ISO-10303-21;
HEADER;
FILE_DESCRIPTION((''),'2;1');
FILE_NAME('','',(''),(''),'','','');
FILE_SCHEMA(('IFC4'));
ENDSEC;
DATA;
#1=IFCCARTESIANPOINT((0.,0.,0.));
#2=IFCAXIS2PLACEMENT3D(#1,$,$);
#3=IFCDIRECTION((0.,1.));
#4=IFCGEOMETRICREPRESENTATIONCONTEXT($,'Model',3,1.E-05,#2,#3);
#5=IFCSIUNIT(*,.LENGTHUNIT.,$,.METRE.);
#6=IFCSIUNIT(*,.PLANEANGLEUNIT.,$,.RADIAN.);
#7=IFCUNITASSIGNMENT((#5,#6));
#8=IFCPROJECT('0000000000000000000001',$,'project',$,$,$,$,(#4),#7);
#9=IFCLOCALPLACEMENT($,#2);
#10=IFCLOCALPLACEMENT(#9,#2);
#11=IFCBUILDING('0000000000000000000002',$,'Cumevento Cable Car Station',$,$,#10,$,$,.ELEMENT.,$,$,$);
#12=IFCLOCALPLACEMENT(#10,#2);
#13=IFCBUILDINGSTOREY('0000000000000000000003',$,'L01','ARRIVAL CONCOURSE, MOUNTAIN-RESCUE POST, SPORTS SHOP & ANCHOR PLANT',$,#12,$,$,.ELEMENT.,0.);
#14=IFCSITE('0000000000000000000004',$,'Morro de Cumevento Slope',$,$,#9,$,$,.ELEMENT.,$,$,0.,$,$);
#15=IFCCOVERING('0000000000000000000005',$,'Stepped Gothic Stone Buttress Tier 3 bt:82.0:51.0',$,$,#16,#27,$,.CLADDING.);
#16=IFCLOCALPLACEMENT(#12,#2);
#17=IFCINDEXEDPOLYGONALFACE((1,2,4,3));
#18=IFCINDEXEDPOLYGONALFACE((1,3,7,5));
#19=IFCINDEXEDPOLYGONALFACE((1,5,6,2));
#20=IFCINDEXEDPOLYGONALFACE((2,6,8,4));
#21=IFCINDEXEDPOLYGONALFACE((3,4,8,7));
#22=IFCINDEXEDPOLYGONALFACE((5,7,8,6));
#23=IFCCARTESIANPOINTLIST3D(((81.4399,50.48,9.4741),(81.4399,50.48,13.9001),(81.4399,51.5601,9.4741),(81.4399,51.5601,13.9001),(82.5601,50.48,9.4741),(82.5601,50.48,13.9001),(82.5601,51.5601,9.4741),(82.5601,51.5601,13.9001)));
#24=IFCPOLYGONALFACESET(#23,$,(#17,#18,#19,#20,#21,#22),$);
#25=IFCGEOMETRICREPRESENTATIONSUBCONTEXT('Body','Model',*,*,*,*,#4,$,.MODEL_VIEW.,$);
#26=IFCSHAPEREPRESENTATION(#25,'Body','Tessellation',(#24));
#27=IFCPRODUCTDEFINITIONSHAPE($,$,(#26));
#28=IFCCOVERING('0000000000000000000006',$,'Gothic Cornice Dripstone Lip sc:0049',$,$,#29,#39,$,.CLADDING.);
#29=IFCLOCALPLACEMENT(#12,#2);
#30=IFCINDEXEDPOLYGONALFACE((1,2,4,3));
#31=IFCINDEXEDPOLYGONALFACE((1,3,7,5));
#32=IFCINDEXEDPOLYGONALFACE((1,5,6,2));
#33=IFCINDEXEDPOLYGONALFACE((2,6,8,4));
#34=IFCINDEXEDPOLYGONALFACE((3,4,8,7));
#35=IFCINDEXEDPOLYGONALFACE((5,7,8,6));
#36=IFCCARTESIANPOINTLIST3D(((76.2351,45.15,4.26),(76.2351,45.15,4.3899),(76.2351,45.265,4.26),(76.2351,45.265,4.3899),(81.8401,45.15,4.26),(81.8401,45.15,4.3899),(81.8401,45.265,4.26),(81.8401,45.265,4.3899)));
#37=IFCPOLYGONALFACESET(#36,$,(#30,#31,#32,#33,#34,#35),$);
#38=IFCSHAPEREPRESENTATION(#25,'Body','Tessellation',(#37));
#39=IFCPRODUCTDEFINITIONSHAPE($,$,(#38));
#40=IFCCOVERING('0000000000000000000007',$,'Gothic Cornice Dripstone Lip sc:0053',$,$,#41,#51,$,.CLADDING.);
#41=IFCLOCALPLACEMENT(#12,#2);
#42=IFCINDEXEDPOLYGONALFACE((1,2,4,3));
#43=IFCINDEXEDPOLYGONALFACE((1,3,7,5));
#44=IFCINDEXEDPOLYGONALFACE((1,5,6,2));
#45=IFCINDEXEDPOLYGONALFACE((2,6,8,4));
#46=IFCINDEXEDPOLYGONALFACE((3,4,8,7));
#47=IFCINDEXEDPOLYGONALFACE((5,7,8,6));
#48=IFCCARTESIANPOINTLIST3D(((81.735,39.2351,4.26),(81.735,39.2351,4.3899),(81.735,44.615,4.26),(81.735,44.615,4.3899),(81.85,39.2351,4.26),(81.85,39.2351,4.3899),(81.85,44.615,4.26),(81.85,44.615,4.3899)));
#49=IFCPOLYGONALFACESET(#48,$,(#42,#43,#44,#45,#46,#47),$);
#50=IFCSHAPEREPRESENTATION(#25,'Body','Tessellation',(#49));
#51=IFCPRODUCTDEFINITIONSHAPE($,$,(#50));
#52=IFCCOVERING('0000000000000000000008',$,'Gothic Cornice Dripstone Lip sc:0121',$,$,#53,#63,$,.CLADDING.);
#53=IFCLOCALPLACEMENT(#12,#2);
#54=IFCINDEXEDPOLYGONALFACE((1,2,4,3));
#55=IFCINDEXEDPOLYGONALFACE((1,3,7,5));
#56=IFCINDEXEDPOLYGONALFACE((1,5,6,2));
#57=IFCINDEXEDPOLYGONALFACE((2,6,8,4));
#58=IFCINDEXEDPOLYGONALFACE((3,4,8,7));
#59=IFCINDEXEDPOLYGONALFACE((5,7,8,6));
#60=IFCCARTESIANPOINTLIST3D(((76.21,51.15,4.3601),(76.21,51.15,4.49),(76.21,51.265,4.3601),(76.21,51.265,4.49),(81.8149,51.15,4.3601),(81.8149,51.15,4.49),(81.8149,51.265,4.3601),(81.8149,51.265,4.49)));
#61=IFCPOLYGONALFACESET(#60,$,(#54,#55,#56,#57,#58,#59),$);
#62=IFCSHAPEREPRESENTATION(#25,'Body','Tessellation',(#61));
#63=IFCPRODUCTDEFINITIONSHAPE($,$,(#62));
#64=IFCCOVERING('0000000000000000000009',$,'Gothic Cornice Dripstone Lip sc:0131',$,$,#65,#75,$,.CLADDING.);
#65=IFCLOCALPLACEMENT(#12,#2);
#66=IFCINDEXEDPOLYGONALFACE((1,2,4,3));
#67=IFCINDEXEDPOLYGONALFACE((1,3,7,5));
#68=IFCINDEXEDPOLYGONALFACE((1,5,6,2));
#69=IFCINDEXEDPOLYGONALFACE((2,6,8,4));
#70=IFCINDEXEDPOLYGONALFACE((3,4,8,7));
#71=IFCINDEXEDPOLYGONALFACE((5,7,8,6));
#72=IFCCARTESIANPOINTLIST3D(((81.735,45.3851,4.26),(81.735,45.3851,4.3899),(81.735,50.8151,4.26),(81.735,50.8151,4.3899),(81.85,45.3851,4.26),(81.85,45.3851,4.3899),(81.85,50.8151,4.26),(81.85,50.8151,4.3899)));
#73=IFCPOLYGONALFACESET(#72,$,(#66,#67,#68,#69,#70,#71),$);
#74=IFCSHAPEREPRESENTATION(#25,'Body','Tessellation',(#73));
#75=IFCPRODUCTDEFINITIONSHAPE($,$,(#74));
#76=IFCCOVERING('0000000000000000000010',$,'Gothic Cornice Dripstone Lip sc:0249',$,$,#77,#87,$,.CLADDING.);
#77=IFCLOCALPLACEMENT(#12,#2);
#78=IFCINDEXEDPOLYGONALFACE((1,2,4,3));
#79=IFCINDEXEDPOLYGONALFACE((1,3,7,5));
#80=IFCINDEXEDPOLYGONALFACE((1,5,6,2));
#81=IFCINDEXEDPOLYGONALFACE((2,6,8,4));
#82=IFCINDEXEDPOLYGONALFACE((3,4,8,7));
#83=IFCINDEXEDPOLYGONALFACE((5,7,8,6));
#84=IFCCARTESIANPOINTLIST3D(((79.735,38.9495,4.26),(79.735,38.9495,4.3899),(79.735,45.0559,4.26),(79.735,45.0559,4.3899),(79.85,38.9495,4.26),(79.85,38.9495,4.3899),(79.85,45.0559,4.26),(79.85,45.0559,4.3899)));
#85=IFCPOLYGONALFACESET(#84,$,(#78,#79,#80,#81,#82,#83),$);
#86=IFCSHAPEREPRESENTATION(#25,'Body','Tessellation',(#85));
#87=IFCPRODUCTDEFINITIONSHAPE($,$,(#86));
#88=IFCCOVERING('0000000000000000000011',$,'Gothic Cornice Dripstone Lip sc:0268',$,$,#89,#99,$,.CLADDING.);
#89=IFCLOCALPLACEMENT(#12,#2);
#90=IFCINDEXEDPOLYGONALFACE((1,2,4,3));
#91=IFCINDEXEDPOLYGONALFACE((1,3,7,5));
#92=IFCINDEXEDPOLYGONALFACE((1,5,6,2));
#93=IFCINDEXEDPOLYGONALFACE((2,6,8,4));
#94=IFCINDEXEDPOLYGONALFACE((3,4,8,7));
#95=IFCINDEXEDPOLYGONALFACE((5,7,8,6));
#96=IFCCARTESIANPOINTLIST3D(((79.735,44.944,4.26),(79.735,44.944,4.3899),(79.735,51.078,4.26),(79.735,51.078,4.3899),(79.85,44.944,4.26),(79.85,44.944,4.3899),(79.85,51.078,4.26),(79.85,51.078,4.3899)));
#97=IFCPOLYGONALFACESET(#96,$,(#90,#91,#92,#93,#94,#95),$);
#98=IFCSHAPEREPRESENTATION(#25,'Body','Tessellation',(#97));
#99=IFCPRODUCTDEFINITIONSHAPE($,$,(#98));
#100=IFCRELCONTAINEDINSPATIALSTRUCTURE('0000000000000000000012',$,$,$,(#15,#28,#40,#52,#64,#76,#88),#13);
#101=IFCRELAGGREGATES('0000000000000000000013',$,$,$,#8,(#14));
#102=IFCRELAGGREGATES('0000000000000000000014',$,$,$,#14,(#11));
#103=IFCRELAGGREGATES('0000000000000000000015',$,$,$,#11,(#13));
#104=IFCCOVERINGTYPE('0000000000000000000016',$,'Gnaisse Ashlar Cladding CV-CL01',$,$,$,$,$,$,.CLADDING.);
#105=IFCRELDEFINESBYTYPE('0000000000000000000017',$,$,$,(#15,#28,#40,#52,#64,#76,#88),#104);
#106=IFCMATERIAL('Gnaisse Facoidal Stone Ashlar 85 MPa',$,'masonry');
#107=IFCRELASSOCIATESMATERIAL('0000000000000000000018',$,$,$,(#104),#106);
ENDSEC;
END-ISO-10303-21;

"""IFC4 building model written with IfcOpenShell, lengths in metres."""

from ifc_helpers import new_model, si_unit, direction, frame, origin, origin_2d, place, context, subcontext, project, spatial, rectangle, extrude, material, type_object, element, save


model = new_model("IFC4")

# Units and contexts
model_context = context("Model", 3, precision=1e-05, world=origin(), true_north=direction((0.0, 1.0)))
body_context = subcontext(model_context, "Body", "Model", "MODEL_VIEW")
ifc_project = project(units=[si_unit("LENGTHUNIT", "METRE"), si_unit("PLANEANGLEUNIT", "RADIAN")], contexts=[model_context])

# Site, building, storey
site_placement = place(None, origin())
site = spatial("IfcSite", under=ifc_project, at=site_placement, Name="Morro de Cumevento Slope", CompositionType="ELEMENT", RefElevation=0.0)
building_placement = place(site_placement, origin())
building = spatial("IfcBuilding", under=site, at=building_placement, Name="Cumevento Cable Car Station", CompositionType="ELEMENT")
storey_placement = place(building_placement, origin())
storey = spatial("IfcBuildingStorey", under=building, at=storey_placement, Name="L01", Description="ARRIVAL CONCOURSE, MOUNTAIN-RESCUE POST, SPORTS SHOP & ANCHOR PLANT", CompositionType="ELEMENT", Elevation=0.0)

# Coverings
ifc_material = material(Name="Gnaisse Facoidal Stone Ashlar 85 MPa", Category="masonry")
covering_type = type_object("IfcCoveringType", Name="Gnaisse Ashlar Cladding CV-CL01", PredefinedType="CLADDING", material=ifc_material)
covering_1_placement = place(storey_placement, frame((82.0, 51.02, 9.4741), z_axis=(0.0, 0.0, 1.0), x_axis=(1.0, 0.0, 0.0)))
element("IfcCovering", 1, at=covering_1_placement, inside=storey, type_object=covering_type, Name="Stepped Gothic Stone Buttress Tier 3 bt:82.0:51.0", PredefinedType="CLADDING", context=body_context, shape_type="SweptSolid", body=[
    extrude(rectangle(XDim=1.1201, YDim=1.0801, at=origin_2d()), origin(), (0.0, 0.0, 1.0), 4.426),
])
covering_2_placement = place(storey_placement, frame((79.0376, 45.2075, 4.26), z_axis=(0.0, 0.0, 1.0), x_axis=(1.0, 0.0, 0.0)))
element("IfcCovering", 2, at=covering_2_placement, inside=storey, type_object=covering_type, Name="Gothic Cornice Dripstone Lip sc:0049", PredefinedType="CLADDING", context=body_context, shape_type="SweptSolid", body=[
    extrude(rectangle(XDim=5.605, YDim=0.115, at=origin_2d()), origin(), (0.0, 0.0, 1.0), 0.1299),
])
covering_3_placement = place(storey_placement, frame((81.7925, 41.925, 4.26), z_axis=(0.0, 0.0, 1.0), x_axis=(0.0, 1.0, 0.0)))
element("IfcCovering", 3, at=covering_3_placement, inside=storey, type_object=covering_type, Name="Gothic Cornice Dripstone Lip sc:0053", PredefinedType="CLADDING", context=body_context, shape_type="SweptSolid", body=[
    extrude(rectangle(XDim=5.3799, YDim=0.115, at=origin_2d()), origin(), (0.0, 0.0, 1.0), 0.1299),
])
covering_4_placement = place(storey_placement, frame((79.0125, 51.2075, 4.3601), z_axis=(0.0, 0.0, 1.0), x_axis=(1.0, 0.0, 0.0)))
element("IfcCovering", 4, at=covering_4_placement, inside=storey, type_object=covering_type, Name="Gothic Cornice Dripstone Lip sc:0121", PredefinedType="CLADDING", context=body_context, shape_type="SweptSolid", body=[
    extrude(rectangle(XDim=5.605, YDim=0.115, at=origin_2d()), origin(), (0.0, 0.0, 1.0), 0.1299),
])
covering_5_placement = place(storey_placement, frame((81.7925, 48.1001, 4.26), z_axis=(0.0, 0.0, 1.0), x_axis=(0.0, 1.0, 0.0)))
element("IfcCovering", 5, at=covering_5_placement, inside=storey, type_object=covering_type, Name="Gothic Cornice Dripstone Lip sc:0131", PredefinedType="CLADDING", context=body_context, shape_type="SweptSolid", body=[
    extrude(rectangle(XDim=5.4299, YDim=0.115, at=origin_2d()), origin(), (0.0, 0.0, 1.0), 0.1299),
])
covering_6_placement = place(storey_placement, frame((79.7925, 42.0027, 4.26), z_axis=(0.0, 0.0, 1.0), x_axis=(0.0, 1.0, 0.0)))
element("IfcCovering", 6, at=covering_6_placement, inside=storey, type_object=covering_type, Name="Gothic Cornice Dripstone Lip sc:0249", PredefinedType="CLADDING", context=body_context, shape_type="SweptSolid", body=[
    extrude(rectangle(XDim=6.1064, YDim=0.115, at=origin_2d()), origin(), (0.0, 0.0, 1.0), 0.1299),
])
covering_7_placement = place(storey_placement, frame((79.7925, 48.011, 4.26), z_axis=(0.0, 0.0, 1.0), x_axis=(0.0, 1.0, 0.0)))
element("IfcCovering", 7, at=covering_7_placement, inside=storey, type_object=covering_type, Name="Gothic Cornice Dripstone Lip sc:0268", PredefinedType="CLADDING", context=body_context, shape_type="SweptSolid", body=[
    extrude(rectangle(XDim=6.134, YDim=0.115, at=origin_2d()), origin(), (0.0, 0.0, 1.0), 0.1299),
])

save(model, "model.ifc")
